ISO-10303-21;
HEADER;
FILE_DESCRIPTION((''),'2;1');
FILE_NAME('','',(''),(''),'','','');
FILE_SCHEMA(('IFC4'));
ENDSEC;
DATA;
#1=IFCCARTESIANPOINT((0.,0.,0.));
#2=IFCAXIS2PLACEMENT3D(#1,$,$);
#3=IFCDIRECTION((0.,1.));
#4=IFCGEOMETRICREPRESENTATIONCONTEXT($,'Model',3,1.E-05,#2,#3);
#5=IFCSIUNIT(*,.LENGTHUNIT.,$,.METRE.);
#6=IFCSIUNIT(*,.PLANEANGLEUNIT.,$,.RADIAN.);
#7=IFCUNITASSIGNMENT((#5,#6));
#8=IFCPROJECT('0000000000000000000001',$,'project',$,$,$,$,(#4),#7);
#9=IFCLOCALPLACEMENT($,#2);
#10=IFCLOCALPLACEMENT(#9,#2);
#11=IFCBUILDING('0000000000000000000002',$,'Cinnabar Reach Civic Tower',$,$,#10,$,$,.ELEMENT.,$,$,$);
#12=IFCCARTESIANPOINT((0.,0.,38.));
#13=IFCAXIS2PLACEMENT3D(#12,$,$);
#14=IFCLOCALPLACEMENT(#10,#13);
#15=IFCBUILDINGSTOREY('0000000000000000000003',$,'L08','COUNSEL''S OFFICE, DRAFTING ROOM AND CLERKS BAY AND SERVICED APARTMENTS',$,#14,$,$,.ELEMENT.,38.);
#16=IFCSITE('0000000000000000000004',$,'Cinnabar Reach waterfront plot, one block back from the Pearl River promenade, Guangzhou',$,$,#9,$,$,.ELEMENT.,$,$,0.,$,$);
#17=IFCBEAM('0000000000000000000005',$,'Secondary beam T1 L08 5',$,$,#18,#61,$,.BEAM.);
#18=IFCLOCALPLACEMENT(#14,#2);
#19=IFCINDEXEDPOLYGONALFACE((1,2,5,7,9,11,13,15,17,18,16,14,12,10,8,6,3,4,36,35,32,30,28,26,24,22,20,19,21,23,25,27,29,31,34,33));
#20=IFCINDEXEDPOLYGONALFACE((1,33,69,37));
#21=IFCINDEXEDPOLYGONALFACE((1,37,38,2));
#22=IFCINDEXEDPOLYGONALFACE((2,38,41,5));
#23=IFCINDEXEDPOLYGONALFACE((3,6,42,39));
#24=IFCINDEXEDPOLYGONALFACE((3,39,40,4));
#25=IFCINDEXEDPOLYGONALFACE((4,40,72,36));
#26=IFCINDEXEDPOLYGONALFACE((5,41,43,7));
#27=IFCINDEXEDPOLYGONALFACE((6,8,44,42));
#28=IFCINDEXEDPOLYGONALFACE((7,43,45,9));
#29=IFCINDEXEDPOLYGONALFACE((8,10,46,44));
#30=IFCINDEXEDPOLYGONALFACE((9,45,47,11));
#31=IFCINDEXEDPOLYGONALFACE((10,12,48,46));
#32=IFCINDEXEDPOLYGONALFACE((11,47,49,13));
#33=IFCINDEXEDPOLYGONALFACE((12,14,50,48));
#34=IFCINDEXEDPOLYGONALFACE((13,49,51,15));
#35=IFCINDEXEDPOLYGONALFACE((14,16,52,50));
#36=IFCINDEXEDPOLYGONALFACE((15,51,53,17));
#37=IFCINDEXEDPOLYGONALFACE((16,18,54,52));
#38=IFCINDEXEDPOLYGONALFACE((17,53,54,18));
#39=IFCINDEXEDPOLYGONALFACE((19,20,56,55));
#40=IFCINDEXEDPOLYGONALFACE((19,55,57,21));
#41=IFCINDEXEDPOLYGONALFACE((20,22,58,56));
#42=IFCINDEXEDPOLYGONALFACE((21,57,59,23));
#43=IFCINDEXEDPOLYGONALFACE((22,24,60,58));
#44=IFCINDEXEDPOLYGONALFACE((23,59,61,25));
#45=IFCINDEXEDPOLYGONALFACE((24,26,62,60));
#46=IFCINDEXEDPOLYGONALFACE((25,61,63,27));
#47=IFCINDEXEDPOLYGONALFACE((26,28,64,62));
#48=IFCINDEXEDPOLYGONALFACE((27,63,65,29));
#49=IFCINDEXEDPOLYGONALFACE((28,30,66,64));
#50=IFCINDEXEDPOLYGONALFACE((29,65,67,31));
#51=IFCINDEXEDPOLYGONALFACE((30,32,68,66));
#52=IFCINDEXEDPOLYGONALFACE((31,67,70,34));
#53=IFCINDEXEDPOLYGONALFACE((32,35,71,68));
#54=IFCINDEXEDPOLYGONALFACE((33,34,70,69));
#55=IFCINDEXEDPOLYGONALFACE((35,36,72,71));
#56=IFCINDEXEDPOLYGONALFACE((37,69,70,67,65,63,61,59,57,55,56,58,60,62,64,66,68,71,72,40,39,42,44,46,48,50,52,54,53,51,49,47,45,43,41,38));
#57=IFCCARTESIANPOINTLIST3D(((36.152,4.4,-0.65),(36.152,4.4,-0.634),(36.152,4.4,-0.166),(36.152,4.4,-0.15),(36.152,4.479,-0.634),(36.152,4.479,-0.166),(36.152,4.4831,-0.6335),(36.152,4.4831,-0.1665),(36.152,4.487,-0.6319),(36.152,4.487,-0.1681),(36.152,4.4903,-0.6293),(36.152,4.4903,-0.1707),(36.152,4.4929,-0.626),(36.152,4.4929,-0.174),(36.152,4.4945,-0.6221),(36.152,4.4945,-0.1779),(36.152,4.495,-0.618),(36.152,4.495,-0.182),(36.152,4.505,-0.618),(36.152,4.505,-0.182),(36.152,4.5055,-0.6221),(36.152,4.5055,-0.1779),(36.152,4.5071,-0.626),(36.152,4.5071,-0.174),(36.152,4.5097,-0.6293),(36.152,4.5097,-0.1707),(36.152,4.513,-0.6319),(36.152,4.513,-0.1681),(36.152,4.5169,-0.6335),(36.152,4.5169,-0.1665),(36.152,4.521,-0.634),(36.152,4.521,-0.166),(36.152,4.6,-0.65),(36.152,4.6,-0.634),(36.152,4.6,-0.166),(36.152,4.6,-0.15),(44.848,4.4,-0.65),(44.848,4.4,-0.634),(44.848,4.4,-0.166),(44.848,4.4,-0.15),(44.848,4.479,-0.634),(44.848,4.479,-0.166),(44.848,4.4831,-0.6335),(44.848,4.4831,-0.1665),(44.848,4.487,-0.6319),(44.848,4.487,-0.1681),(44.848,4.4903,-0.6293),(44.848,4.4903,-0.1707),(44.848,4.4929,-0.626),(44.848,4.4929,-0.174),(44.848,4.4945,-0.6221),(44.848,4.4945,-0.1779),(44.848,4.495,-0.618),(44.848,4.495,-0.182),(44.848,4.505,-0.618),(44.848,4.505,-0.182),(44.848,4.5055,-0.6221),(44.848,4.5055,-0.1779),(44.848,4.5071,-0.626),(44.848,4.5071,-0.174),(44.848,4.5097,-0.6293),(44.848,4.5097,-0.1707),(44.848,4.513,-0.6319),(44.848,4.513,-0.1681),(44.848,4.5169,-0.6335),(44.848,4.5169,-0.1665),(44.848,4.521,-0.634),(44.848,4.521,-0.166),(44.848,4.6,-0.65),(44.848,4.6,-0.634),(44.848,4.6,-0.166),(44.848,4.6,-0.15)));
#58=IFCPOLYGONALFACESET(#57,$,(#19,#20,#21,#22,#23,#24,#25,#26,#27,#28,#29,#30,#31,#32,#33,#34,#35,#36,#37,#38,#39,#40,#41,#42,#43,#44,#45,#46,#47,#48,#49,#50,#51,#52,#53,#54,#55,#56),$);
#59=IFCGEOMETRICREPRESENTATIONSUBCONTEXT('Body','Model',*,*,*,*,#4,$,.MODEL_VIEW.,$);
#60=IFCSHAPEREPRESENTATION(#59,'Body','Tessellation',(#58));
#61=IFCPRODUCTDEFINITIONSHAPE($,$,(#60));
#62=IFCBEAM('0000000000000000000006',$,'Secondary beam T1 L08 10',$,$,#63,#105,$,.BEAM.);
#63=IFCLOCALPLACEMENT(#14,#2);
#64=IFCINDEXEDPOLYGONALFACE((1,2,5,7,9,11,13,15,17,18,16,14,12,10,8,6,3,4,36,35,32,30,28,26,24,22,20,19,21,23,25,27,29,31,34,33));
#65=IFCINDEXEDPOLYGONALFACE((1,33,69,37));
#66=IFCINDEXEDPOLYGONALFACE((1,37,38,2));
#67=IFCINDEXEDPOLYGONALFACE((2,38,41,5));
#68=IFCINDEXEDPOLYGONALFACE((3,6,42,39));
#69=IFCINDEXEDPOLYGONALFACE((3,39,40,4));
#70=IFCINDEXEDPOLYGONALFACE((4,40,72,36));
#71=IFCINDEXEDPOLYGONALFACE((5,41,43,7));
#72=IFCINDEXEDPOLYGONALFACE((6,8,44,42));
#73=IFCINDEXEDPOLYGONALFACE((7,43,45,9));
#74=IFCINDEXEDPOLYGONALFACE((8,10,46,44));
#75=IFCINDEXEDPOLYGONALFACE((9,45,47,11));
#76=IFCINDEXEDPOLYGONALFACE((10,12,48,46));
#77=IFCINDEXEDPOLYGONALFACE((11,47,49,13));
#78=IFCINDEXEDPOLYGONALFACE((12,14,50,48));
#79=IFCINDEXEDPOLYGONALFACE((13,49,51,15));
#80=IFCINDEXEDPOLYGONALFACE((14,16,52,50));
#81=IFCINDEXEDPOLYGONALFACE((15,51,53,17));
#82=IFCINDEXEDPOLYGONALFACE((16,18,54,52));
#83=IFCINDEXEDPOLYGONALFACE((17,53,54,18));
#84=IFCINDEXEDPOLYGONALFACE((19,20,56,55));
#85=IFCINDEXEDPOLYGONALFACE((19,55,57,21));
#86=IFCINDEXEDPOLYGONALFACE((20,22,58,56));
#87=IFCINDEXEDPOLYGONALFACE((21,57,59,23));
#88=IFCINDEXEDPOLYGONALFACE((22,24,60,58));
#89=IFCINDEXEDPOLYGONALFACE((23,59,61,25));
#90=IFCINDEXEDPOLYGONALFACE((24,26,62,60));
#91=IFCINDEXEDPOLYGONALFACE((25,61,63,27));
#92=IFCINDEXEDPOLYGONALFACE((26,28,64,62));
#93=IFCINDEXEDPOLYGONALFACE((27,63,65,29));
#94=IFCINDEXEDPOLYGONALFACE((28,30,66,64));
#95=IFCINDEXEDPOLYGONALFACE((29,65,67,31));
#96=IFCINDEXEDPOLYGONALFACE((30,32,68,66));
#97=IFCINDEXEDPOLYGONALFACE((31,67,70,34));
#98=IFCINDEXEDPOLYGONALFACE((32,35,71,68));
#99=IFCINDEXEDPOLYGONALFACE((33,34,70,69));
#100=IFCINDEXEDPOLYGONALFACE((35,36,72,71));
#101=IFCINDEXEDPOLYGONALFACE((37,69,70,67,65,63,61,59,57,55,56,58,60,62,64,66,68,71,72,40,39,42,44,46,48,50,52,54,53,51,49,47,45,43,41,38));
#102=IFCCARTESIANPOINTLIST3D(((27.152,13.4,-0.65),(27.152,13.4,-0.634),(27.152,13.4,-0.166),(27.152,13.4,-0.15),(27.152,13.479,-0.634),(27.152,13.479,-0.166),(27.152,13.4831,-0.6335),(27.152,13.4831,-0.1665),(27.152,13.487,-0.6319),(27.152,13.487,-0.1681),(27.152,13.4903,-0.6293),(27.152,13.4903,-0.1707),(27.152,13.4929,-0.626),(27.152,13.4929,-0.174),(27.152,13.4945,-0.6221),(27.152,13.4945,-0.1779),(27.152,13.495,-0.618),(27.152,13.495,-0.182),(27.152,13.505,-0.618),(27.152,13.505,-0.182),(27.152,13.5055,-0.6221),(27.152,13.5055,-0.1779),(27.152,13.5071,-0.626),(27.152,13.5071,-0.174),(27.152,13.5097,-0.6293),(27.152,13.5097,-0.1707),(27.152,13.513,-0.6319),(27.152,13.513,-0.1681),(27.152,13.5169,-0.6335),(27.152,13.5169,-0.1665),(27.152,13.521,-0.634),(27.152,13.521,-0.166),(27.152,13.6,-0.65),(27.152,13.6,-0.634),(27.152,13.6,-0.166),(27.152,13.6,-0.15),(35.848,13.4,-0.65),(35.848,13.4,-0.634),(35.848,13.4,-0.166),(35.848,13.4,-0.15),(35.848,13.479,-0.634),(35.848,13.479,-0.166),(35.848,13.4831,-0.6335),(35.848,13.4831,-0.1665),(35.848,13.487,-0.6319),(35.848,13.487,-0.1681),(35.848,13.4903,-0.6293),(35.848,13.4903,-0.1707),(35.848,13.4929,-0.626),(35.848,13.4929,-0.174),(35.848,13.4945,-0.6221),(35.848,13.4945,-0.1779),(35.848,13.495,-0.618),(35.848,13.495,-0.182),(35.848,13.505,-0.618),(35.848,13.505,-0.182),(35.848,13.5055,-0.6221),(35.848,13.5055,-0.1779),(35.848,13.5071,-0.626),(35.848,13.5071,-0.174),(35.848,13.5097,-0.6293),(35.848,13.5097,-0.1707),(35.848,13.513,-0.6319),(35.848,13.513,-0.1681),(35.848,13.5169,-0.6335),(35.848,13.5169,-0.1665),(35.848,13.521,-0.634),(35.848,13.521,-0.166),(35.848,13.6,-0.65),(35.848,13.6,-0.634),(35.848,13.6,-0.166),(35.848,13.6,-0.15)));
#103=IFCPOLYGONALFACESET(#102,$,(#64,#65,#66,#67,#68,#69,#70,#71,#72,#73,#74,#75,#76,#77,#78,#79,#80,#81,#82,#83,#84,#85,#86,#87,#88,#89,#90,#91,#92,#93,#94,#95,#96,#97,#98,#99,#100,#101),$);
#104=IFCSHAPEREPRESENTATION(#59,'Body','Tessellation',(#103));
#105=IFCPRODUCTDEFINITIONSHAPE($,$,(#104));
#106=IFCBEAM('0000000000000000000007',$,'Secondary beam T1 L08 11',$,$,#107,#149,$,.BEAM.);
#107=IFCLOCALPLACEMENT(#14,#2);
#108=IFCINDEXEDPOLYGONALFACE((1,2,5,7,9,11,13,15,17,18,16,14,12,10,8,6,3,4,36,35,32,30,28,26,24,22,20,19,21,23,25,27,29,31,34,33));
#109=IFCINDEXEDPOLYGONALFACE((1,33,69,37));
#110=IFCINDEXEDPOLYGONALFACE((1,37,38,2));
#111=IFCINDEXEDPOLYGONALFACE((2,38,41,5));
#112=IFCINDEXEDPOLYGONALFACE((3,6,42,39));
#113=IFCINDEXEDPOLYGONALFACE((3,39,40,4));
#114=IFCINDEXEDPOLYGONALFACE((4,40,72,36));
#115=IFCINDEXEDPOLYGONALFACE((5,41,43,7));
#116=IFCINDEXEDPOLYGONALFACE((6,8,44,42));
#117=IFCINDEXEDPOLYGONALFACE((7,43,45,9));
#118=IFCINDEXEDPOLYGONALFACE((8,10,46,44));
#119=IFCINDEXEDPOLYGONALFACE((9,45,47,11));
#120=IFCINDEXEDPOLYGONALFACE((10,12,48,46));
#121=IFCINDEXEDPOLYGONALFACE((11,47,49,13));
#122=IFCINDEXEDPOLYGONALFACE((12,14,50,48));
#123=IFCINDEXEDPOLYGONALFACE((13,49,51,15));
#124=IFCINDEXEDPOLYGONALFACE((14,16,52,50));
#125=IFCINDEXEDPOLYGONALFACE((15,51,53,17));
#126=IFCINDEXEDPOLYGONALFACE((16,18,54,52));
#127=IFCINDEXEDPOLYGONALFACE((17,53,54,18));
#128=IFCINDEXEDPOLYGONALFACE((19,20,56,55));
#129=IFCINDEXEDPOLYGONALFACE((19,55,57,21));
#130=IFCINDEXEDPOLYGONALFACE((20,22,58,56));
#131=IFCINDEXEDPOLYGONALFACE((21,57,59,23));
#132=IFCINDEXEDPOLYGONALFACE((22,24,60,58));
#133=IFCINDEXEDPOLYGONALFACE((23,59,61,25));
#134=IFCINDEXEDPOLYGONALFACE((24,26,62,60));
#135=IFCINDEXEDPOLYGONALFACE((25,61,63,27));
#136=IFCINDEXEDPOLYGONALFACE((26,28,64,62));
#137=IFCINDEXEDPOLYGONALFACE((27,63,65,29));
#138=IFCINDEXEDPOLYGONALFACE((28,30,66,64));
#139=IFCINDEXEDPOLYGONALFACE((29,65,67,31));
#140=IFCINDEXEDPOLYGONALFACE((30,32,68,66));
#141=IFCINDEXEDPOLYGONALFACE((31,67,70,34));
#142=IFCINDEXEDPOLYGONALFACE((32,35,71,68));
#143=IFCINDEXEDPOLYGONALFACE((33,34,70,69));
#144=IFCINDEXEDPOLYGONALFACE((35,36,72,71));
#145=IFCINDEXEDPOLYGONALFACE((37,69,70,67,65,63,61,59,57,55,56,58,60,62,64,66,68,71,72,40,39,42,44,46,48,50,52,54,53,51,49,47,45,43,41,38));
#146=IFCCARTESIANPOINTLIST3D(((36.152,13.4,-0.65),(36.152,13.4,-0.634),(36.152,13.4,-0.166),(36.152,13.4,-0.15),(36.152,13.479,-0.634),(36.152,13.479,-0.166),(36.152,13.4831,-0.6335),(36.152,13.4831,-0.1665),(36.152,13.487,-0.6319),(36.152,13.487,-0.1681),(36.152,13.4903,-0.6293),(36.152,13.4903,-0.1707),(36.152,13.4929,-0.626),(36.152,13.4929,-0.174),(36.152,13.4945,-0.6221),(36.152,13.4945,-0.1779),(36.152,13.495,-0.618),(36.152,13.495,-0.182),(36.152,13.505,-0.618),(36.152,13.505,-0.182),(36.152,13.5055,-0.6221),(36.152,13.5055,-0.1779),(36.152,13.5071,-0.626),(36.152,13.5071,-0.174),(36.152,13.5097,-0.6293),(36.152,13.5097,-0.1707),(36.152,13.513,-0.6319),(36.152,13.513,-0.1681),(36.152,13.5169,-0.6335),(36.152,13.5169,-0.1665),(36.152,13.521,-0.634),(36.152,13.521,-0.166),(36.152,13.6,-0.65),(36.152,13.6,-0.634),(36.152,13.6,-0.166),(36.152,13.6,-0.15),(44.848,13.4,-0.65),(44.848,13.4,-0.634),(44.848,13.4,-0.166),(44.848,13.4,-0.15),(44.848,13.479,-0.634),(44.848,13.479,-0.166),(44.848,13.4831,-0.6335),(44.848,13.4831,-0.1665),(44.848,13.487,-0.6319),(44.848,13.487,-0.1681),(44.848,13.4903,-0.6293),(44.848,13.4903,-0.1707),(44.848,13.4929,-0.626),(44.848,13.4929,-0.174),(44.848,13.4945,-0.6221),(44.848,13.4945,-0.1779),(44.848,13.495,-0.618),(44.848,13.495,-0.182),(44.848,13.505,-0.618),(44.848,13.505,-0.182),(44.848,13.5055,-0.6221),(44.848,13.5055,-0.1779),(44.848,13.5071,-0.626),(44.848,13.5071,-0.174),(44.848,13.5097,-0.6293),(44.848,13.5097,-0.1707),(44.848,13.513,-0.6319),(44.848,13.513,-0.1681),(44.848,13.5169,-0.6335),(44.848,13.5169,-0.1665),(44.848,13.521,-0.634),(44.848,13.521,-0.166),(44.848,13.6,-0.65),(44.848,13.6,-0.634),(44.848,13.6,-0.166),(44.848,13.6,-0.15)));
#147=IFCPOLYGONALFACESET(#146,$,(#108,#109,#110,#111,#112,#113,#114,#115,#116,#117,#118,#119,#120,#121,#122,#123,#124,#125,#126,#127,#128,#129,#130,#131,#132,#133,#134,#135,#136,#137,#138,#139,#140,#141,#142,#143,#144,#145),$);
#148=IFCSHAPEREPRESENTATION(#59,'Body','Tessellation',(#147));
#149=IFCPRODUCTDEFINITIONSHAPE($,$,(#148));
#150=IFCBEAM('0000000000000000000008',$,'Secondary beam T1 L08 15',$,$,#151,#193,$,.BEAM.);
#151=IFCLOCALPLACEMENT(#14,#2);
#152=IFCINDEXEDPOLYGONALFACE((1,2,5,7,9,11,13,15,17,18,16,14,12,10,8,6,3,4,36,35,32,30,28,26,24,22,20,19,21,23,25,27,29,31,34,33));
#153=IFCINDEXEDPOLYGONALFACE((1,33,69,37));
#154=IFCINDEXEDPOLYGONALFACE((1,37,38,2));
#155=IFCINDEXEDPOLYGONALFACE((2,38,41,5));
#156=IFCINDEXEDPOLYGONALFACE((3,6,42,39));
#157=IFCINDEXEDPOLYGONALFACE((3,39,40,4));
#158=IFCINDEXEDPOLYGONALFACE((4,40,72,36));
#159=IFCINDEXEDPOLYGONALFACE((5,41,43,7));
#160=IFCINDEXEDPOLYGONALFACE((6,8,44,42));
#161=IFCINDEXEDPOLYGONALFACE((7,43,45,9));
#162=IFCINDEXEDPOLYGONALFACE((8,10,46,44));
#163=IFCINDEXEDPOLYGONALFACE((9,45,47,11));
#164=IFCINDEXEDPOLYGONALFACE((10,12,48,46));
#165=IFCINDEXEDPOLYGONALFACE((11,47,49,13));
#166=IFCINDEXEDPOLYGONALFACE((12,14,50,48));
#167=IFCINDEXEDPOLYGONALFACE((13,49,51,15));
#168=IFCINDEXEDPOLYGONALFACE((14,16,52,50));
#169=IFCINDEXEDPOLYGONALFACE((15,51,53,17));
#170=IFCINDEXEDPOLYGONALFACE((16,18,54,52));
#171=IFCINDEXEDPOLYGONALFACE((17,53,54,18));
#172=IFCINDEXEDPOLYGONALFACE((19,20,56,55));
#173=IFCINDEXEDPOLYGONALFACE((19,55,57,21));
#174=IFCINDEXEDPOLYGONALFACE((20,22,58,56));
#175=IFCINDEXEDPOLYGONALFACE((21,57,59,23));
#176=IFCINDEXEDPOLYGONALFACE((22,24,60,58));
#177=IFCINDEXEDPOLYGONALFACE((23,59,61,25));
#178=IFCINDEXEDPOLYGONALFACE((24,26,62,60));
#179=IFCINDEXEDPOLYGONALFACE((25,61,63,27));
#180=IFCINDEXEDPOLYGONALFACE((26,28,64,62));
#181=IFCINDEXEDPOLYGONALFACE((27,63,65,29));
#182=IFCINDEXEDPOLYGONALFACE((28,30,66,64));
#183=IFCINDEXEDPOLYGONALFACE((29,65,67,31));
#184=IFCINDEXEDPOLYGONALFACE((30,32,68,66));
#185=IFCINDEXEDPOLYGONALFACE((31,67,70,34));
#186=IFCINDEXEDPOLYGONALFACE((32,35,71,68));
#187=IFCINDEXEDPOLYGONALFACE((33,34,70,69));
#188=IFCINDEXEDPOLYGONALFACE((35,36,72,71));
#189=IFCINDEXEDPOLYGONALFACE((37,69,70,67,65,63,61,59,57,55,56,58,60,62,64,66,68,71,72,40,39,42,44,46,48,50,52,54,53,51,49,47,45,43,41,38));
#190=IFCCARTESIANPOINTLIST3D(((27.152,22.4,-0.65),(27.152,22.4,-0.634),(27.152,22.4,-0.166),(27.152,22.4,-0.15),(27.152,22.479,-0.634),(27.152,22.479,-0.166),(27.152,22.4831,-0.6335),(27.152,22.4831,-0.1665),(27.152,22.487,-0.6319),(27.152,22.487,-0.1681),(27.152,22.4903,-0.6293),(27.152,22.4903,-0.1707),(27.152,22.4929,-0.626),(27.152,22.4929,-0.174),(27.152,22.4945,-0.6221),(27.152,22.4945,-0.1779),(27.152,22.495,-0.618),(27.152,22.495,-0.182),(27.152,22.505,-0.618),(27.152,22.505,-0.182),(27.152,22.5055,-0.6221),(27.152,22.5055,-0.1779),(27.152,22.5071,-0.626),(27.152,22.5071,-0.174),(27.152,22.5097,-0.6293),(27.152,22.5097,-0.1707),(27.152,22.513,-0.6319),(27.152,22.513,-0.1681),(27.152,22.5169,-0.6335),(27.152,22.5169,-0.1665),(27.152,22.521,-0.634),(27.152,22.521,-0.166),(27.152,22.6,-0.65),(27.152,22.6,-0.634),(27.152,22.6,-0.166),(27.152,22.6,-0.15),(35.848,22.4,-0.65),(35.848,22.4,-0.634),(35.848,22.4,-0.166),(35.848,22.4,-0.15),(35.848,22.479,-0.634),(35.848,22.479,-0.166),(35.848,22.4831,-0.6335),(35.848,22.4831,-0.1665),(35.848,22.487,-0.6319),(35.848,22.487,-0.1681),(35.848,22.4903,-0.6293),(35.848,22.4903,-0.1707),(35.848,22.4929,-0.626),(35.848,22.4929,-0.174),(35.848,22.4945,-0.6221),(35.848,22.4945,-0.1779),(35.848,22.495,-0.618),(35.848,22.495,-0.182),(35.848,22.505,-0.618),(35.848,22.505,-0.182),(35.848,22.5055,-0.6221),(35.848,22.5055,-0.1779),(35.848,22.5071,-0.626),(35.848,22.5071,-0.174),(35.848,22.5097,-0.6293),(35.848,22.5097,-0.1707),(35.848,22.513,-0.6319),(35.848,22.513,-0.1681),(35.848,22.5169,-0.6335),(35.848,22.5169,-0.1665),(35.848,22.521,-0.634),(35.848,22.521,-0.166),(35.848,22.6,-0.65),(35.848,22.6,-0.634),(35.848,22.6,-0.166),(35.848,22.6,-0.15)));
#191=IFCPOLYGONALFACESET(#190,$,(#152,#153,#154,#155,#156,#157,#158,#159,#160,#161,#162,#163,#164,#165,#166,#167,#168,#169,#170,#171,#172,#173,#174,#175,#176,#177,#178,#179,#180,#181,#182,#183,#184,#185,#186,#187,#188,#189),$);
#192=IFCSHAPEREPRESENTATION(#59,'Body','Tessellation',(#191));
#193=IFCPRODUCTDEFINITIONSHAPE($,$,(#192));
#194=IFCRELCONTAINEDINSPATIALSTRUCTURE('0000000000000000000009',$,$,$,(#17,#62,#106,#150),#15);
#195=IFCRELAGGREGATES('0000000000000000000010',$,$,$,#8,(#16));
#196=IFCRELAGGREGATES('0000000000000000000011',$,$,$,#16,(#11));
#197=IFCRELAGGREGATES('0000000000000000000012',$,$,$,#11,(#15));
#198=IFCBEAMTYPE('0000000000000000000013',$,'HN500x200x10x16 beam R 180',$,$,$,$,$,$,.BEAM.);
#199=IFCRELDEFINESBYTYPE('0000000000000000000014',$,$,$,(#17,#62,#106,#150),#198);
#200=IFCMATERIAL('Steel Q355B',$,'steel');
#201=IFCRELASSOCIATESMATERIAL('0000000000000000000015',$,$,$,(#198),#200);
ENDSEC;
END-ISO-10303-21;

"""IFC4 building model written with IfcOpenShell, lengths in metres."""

from ifc_helpers import new_model, si_unit, direction, frame, origin, origin_2d, place, context, subcontext, project, spatial, i_section, extrude, material, material_profile, profile_set, type_object, element, save


model = new_model("IFC4")

# Units and contexts
model_context = context("Model", 3, precision=1e-05, world=origin(), true_north=direction((0.0, 1.0)))
body_context = subcontext(model_context, "Body", "Model", "MODEL_VIEW")
ifc_project = project(units=[si_unit("LENGTHUNIT", "METRE"), si_unit("PLANEANGLEUNIT", "RADIAN")], contexts=[model_context])

# Site, building, storey
site_placement = place(None, origin())
site = spatial("IfcSite", under=ifc_project, at=site_placement, Name="Cinnabar Reach waterfront plot, one block back from the Pearl River promenade, Guangzhou", CompositionType="ELEMENT", RefElevation=0.0)
building_placement = place(site_placement, origin())
building = spatial("IfcBuilding", under=site, at=building_placement, Name="Cinnabar Reach Civic Tower", CompositionType="ELEMENT")
storey_placement = place(building_placement, frame((0.0, 0.0, 38.0)))
storey = spatial("IfcBuildingStorey", under=building, at=storey_placement, Name="L08", Description="COUNSEL'S OFFICE, DRAFTING ROOM AND CLERKS BAY AND SERVICED APARTMENTS", CompositionType="ELEMENT", Elevation=38.0)

# Beams
ifc_material_1 = material(Name="Steel Q355B", Category="steel")
ifc_material_profile_1 = material_profile(ifc_material_1, i_section(OverallWidth=0.2, OverallDepth=0.5, WebThickness=0.01, FlangeThickness=0.016, FilletRadius=0.016, at=origin_2d()), Name="HN500x200x10x16")
ifc_profile_set_1 = profile_set([ifc_material_profile_1], Name="Steel Q355B")
beam_type_1 = type_object("IfcBeamType", Name="HN500x200x10x16 beam R 180", PredefinedType="BEAM", material=ifc_profile_set_1)
for number, where, z_axis, x_axis, name in (
    (1, (36.152, 4.5, -0.4), (1.0, 0.0, 0.0), (0.0, 1.0, 0.0), "Secondary beam T1 L08 5"),
    (2, (27.152, 13.5, -0.4), (1.0, 0.0, 0.0), (0.0, 1.0, 0.0), "Secondary beam T1 L08 10"),
    (3, (36.152, 13.5, -0.4), (1.0, 0.0, 0.0), (0.0, 1.0, 0.0), "Secondary beam T1 L08 11"),
    (4, (27.152, 22.5, -0.4), (1.0, 0.0, 0.0), (0.0, 1.0, 0.0), "Secondary beam T1 L08 15"),
):
    element("IfcBeam", number, at=place(storey_placement, frame(where, z_axis=z_axis, x_axis=x_axis)), inside=storey, type_object=beam_type_1, Name=name, PredefinedType="BEAM", context=body_context, shape_type="SweptSolid", body=[
        extrude(i_section(OverallWidth=0.2, OverallDepth=0.5, WebThickness=0.01, FlangeThickness=0.016, FilletRadius=0.016, at=origin_2d()), origin(), (0.0, 0.0, 1.0), 8.696),
    ])

save(model, "model.ifc")
